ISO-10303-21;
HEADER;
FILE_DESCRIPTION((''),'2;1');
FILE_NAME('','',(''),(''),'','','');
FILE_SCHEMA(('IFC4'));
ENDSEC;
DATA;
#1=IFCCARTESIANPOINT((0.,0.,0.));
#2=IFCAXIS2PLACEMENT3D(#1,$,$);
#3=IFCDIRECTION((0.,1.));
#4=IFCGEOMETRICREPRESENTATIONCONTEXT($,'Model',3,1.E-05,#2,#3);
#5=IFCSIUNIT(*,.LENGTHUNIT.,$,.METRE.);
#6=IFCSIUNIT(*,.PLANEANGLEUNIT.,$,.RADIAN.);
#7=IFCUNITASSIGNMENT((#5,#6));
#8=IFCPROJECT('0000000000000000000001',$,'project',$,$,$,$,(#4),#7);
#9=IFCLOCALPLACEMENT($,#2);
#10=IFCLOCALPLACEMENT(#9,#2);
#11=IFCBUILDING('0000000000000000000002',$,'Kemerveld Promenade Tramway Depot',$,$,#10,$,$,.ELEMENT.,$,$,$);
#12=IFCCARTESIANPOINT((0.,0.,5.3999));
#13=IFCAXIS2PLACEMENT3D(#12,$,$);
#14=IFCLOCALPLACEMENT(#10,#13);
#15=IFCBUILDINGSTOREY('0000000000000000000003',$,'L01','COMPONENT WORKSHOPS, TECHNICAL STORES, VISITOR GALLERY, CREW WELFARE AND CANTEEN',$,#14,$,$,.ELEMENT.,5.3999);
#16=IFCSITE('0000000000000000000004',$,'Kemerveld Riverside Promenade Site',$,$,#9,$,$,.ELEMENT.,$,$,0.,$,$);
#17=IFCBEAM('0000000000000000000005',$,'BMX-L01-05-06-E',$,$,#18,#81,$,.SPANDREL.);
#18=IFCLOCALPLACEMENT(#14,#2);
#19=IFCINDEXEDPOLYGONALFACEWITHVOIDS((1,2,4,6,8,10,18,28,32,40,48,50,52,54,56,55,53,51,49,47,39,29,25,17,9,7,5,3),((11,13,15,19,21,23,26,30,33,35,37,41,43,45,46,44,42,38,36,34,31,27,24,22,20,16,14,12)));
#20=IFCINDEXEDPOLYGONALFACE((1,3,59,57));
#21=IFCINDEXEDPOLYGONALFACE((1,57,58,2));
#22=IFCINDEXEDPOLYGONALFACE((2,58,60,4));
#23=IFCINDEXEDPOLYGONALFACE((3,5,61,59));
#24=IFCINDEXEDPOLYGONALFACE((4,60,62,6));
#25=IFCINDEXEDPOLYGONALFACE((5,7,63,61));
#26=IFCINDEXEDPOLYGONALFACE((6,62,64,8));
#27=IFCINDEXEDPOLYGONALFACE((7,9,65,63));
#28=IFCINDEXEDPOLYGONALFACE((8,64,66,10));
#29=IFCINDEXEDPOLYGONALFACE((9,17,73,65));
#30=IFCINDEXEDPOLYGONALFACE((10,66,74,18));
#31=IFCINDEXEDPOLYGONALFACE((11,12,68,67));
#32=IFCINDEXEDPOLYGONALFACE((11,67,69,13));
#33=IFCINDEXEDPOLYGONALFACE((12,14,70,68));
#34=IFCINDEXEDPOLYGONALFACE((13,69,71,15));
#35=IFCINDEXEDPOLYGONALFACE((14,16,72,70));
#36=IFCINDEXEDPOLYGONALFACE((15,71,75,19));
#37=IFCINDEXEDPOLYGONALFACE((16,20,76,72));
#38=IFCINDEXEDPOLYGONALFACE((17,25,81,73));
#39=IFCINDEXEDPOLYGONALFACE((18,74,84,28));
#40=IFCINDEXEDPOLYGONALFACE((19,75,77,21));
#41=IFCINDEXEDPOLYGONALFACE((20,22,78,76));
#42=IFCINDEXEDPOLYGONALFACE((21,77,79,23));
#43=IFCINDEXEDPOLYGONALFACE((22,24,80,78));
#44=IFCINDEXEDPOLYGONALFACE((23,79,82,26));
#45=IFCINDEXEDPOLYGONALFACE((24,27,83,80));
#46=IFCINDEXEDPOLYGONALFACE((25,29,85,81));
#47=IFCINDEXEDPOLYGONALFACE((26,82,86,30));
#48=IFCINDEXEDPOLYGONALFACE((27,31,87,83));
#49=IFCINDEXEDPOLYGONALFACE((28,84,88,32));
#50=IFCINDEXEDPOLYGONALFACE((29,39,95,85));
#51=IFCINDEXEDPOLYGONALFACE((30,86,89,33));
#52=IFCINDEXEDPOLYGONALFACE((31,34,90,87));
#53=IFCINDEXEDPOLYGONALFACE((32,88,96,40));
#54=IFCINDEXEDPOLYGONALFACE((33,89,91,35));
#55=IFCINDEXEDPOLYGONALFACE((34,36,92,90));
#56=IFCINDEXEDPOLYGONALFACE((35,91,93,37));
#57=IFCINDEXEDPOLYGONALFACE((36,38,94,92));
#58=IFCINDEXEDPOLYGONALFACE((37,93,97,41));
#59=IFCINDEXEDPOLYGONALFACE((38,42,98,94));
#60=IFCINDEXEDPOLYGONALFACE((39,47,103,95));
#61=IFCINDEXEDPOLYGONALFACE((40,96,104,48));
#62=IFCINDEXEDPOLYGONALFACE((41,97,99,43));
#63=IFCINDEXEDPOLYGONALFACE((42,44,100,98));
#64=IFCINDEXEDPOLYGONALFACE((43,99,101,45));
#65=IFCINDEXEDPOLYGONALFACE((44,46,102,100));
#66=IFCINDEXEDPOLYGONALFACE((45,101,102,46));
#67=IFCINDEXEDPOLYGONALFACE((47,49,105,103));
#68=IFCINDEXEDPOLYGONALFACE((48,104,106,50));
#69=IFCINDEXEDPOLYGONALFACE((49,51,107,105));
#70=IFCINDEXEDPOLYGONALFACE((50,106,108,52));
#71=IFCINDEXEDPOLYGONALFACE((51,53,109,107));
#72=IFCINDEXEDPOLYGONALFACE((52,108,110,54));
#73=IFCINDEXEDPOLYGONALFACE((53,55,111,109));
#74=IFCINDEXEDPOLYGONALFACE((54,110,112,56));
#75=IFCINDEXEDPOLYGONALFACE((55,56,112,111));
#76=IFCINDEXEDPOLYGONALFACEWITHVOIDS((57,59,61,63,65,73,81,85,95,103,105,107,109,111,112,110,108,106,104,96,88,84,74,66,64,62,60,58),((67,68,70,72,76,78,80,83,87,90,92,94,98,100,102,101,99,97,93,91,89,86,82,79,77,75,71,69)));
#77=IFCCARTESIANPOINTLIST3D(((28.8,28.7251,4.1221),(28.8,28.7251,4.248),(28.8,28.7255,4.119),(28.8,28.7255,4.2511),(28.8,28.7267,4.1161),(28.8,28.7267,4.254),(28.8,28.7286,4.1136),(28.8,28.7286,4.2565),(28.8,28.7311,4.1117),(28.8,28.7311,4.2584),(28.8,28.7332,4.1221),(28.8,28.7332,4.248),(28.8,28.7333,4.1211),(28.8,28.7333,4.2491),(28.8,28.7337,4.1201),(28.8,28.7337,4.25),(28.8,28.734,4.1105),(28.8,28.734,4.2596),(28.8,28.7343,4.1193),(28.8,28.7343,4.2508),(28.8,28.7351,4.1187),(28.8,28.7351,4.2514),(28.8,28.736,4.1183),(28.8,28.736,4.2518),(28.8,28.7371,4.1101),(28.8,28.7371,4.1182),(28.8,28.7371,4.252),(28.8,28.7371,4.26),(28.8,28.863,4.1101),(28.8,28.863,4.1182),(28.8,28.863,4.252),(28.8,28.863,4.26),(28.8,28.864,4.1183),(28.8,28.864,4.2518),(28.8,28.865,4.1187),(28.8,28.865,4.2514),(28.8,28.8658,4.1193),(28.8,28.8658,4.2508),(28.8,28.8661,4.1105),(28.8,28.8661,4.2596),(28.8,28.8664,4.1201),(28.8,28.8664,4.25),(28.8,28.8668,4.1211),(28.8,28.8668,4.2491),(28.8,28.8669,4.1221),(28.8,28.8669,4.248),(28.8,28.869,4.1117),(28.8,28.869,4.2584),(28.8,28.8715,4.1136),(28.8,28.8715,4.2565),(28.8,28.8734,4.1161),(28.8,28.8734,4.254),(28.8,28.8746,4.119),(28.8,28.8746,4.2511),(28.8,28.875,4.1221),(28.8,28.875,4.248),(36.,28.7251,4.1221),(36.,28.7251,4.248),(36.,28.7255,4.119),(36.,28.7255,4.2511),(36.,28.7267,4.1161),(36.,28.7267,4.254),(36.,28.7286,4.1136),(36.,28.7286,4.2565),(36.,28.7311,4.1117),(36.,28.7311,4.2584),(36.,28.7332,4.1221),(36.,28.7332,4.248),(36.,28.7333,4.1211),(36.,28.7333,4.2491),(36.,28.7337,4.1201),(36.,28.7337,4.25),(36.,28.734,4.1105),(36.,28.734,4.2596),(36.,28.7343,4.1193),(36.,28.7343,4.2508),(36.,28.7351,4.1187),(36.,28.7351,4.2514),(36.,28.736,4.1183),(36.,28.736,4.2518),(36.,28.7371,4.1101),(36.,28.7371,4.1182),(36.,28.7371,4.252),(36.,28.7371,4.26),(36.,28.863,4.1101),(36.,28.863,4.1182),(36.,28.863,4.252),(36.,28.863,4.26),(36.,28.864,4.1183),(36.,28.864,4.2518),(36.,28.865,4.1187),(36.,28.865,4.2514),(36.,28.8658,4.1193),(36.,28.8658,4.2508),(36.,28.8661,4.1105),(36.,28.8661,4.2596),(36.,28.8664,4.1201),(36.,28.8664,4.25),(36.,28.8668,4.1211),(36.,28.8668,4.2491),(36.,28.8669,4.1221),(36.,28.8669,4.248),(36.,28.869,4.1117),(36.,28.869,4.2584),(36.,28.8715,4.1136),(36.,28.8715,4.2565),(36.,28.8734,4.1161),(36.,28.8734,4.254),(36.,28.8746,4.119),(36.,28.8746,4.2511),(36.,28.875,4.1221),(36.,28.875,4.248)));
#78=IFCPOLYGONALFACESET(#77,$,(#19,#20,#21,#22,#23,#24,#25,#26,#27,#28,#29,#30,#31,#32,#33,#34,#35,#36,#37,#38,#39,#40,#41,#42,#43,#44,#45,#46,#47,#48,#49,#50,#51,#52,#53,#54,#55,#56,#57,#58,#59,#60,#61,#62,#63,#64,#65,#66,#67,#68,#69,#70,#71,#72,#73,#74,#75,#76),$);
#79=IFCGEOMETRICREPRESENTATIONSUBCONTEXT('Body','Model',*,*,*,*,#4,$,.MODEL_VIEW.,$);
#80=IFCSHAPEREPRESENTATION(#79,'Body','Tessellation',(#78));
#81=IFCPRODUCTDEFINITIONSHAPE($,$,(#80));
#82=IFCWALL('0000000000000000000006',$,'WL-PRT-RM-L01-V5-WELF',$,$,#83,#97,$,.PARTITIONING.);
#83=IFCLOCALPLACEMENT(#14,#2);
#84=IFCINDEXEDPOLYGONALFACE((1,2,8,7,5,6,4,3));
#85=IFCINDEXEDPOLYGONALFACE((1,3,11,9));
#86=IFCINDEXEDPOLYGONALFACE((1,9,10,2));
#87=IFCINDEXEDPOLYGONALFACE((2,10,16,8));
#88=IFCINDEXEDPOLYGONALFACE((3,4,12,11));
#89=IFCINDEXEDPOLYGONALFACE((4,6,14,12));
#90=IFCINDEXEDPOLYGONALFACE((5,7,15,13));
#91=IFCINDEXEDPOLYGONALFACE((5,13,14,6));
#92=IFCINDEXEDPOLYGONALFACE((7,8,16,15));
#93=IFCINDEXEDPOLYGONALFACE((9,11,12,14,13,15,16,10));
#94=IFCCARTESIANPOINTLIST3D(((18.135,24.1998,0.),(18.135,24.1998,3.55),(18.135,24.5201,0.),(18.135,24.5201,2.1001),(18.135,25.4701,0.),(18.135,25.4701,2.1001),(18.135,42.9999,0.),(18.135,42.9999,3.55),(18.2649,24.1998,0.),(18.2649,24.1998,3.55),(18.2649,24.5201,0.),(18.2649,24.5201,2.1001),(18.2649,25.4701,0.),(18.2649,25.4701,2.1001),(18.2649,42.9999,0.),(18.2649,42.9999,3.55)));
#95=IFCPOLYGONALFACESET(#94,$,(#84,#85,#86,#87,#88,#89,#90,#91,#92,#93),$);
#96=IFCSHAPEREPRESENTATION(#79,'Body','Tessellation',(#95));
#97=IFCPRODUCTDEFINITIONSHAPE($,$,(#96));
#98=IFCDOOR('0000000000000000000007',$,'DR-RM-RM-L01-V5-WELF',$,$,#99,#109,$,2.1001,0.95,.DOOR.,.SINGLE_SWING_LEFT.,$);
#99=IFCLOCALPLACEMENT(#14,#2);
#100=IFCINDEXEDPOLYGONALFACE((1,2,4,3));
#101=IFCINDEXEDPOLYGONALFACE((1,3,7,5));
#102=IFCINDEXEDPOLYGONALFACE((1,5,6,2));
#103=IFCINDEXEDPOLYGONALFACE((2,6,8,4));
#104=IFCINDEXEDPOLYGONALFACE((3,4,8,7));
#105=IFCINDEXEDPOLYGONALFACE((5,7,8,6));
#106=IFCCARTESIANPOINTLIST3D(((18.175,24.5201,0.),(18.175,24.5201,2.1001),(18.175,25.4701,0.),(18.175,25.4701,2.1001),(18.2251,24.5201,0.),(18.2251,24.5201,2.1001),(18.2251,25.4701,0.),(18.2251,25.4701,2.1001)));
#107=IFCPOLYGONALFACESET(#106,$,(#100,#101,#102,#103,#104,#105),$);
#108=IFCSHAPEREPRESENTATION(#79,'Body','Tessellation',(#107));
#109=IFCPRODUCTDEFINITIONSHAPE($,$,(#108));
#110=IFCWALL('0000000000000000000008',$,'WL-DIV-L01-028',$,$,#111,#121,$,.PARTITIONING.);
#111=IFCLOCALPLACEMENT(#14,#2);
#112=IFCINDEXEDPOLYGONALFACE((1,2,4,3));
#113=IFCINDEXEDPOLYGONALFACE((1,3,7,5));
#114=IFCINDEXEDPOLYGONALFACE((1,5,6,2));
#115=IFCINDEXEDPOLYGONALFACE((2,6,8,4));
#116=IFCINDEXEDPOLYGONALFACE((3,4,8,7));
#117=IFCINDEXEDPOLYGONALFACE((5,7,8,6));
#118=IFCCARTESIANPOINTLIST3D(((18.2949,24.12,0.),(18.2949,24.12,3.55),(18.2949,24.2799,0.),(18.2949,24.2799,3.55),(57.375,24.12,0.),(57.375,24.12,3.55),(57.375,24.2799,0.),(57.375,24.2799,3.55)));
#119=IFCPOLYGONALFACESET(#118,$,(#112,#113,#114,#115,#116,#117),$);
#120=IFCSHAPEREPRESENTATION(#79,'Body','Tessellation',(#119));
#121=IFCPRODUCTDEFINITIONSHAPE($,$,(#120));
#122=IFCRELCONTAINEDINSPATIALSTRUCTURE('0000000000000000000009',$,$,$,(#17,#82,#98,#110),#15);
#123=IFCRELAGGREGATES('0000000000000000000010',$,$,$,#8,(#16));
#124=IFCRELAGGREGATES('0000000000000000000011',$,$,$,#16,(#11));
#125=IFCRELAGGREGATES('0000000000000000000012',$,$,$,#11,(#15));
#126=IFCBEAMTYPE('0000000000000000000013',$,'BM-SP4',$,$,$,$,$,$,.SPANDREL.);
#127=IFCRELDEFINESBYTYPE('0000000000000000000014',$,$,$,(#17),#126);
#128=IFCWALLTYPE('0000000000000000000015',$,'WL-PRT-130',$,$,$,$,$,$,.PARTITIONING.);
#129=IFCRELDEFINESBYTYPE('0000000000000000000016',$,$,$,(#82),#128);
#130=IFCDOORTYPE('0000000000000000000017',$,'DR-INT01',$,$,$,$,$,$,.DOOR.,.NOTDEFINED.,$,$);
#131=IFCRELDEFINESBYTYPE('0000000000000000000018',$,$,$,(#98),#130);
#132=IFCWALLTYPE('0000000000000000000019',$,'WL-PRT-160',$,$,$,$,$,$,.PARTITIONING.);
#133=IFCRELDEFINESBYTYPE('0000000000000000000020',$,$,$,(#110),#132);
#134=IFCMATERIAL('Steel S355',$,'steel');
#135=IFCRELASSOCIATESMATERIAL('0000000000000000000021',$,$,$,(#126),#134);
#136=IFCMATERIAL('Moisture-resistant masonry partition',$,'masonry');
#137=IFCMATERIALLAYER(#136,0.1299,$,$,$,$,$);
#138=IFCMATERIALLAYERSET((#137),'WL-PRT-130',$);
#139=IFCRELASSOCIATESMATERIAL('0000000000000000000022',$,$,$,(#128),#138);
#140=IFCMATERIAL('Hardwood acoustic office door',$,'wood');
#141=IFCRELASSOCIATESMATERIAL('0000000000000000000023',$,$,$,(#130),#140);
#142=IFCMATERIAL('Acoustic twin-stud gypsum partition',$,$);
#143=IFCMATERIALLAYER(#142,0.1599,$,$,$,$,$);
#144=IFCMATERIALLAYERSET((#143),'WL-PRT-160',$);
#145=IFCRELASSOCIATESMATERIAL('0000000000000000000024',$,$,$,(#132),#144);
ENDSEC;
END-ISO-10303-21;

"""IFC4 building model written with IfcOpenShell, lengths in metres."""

from ifc_helpers import new_model, si_unit, direction, frame, frame_2d, origin, origin_2d, place, context, subcontext, project, spatial, rectangle, hollow_rectangle, extrude, material, layer, layer_set, material_profile, profile_set, type_object, element, fill, save


model = new_model("IFC4")

# Units and contexts
model_context = context("Model", 3, precision=1e-05, world=origin(), true_north=direction((0.0, 1.0)))
body_context = subcontext(model_context, "Body", "Model", "MODEL_VIEW")
ifc_project = project(units=[si_unit("LENGTHUNIT", "METRE"), si_unit("PLANEANGLEUNIT", "RADIAN")], contexts=[model_context])

# Site, building, storey
site_placement = place(None, origin())
site = spatial("IfcSite", under=ifc_project, at=site_placement, Name="Kemerveld Riverside Promenade Site", CompositionType="ELEMENT", RefElevation=0.0)
building_placement = place(site_placement, origin())
building = spatial("IfcBuilding", under=site, at=building_placement, Name="Kemerveld Promenade Tramway Depot", CompositionType="ELEMENT")
storey_placement = place(building_placement, frame((0.0, 0.0, 5.3999)))
storey = spatial("IfcBuildingStorey", under=building, at=storey_placement, Name="L01", Description="COMPONENT WORKSHOPS, TECHNICAL STORES, VISITOR GALLERY, CREW WELFARE AND CANTEEN", CompositionType="ELEMENT", Elevation=5.3999)

# Shared definitions
ifc_material_1 = material(Name="Steel S355", Category="steel")

# Beam
ifc_material_profile_1 = material_profile(ifc_material_1, hollow_rectangle(XDim=0.1499, YDim=0.1499, WallThickness=0.0081, InnerFilletRadius=0.0039, OuterFilletRadius=0.012, at=origin_2d()), Name="150x150x8.0 SHS")
ifc_profile_set_1 = profile_set([ifc_material_profile_1], Name="Steel S355")
beam_type_1 = type_object("IfcBeamType", Name="BM-SP4", PredefinedType="SPANDREL", material=ifc_profile_set_1)
beam_1_placement = place(storey_placement, frame((28.8, 28.8, 4.1851), z_axis=(1.0, 0.0, 0.0), x_axis=(0.0, 1.0, 0.0)))
element("IfcBeam", 1, at=beam_1_placement, inside=storey, type_object=beam_type_1, Name="BMX-L01-05-06-E", PredefinedType="SPANDREL", context=body_context, shape_type="SweptSolid", body=[
    extrude(hollow_rectangle(XDim=0.1499, YDim=0.1499, WallThickness=0.0081, InnerFilletRadius=0.0039, OuterFilletRadius=0.012, at=origin_2d()), origin(), (0.0, 0.0, 1.0), 7.2),
])

# Wall, opening, door
ifc_material_2 = material(Name="Moisture-resistant masonry partition", Category="masonry")
ifc_layer_1 = layer(ifc_material_2, 0.1299)
ifc_layer_set_1 = layer_set([ifc_layer_1], Name="WL-PRT-130")
wall_type_1 = type_object("IfcWallType", Name="WL-PRT-130", PredefinedType="PARTITIONING", material=ifc_layer_set_1)
wall_1_placement = place(storey_placement, frame((18.2, 24.2, 0.0), z_axis=(0.0, 0.0, 1.0), x_axis=(0.0, 1.0, 0.0)))
wall_1 = element("IfcWall", 2, at=wall_1_placement, inside=storey, type_object=wall_type_1, Name="WL-PRT-RM-L01-V5-WELF", PredefinedType="PARTITIONING", context=body_context, shape_type="SweptSolid", body=[
    extrude(rectangle(XDim=18.8, YDim=0.1299, at=frame_2d((9.3999, 0.0))), origin(), (0.0, 0.0, 1.0), 3.55),
])
opening_placement = place(wall_1_placement, frame((0.3201, 0.0, 0.0)))
opening = element("IfcOpeningElement", 3, at=opening_placement, cuts=wall_1, PredefinedType="OPENING", context=body_context, shape_type="SweptSolid", body=[
    extrude(rectangle(XDim=0.95, YDim=2.1001, at=frame_2d((0.4751, 1.05))), frame((0.0, 0.075, 0.0), z_axis=(0.0, -1.0, 0.0), x_axis=(1.0, 0.0, 0.0)), (0.0, 0.0, 1.0), 0.1499),
])
ifc_material_3 = material(Name="Hardwood acoustic office door", Category="wood")
door_type = type_object("IfcDoorType", Name="DR-INT01", OperationType="NOTDEFINED", PredefinedType="DOOR", material=ifc_material_3)
door_placement = place(opening_placement, origin())
door = element("IfcDoor", 4, at=door_placement, inside=storey, type_object=door_type, Name="DR-RM-RM-L01-V5-WELF", OperationType="SINGLE_SWING_LEFT", OverallHeight=2.1001, OverallWidth=0.95, PredefinedType="DOOR", context=body_context, shape_type="SweptSolid", body=[
    extrude(rectangle(XDim=0.95, YDim=2.1001, at=frame_2d((0.4751, 1.05))), frame((0.0, 0.0249, 0.0), z_axis=(0.0, -1.0, 0.0), x_axis=(1.0, 0.0, 0.0)), (0.0, 0.0, 1.0), 0.05),
])
fill(opening, door)

# Wall
ifc_material_4 = material(Name="Acoustic twin-stud gypsum partition")
ifc_layer_2 = layer(ifc_material_4, 0.1599)
ifc_layer_set_2 = layer_set([ifc_layer_2], Name="WL-PRT-160")
wall_type_2 = type_object("IfcWallType", Name="WL-PRT-160", PredefinedType="PARTITIONING", material=ifc_layer_set_2)
wall_2_placement = place(storey_placement, frame((18.2949, 24.2, 0.0), z_axis=(0.0, 0.0, 1.0), x_axis=(1.0, 0.0, 0.0)))
element("IfcWall", 5, at=wall_2_placement, inside=storey, type_object=wall_type_2, Name="WL-DIV-L01-028", PredefinedType="PARTITIONING", context=body_context, shape_type="SweptSolid", body=[
    extrude(rectangle(XDim=39.0801, YDim=0.1599, at=frame_2d((19.54, 0.0))), origin(), (0.0, 0.0, 1.0), 3.55),
])

save(model, "model.ifc")
